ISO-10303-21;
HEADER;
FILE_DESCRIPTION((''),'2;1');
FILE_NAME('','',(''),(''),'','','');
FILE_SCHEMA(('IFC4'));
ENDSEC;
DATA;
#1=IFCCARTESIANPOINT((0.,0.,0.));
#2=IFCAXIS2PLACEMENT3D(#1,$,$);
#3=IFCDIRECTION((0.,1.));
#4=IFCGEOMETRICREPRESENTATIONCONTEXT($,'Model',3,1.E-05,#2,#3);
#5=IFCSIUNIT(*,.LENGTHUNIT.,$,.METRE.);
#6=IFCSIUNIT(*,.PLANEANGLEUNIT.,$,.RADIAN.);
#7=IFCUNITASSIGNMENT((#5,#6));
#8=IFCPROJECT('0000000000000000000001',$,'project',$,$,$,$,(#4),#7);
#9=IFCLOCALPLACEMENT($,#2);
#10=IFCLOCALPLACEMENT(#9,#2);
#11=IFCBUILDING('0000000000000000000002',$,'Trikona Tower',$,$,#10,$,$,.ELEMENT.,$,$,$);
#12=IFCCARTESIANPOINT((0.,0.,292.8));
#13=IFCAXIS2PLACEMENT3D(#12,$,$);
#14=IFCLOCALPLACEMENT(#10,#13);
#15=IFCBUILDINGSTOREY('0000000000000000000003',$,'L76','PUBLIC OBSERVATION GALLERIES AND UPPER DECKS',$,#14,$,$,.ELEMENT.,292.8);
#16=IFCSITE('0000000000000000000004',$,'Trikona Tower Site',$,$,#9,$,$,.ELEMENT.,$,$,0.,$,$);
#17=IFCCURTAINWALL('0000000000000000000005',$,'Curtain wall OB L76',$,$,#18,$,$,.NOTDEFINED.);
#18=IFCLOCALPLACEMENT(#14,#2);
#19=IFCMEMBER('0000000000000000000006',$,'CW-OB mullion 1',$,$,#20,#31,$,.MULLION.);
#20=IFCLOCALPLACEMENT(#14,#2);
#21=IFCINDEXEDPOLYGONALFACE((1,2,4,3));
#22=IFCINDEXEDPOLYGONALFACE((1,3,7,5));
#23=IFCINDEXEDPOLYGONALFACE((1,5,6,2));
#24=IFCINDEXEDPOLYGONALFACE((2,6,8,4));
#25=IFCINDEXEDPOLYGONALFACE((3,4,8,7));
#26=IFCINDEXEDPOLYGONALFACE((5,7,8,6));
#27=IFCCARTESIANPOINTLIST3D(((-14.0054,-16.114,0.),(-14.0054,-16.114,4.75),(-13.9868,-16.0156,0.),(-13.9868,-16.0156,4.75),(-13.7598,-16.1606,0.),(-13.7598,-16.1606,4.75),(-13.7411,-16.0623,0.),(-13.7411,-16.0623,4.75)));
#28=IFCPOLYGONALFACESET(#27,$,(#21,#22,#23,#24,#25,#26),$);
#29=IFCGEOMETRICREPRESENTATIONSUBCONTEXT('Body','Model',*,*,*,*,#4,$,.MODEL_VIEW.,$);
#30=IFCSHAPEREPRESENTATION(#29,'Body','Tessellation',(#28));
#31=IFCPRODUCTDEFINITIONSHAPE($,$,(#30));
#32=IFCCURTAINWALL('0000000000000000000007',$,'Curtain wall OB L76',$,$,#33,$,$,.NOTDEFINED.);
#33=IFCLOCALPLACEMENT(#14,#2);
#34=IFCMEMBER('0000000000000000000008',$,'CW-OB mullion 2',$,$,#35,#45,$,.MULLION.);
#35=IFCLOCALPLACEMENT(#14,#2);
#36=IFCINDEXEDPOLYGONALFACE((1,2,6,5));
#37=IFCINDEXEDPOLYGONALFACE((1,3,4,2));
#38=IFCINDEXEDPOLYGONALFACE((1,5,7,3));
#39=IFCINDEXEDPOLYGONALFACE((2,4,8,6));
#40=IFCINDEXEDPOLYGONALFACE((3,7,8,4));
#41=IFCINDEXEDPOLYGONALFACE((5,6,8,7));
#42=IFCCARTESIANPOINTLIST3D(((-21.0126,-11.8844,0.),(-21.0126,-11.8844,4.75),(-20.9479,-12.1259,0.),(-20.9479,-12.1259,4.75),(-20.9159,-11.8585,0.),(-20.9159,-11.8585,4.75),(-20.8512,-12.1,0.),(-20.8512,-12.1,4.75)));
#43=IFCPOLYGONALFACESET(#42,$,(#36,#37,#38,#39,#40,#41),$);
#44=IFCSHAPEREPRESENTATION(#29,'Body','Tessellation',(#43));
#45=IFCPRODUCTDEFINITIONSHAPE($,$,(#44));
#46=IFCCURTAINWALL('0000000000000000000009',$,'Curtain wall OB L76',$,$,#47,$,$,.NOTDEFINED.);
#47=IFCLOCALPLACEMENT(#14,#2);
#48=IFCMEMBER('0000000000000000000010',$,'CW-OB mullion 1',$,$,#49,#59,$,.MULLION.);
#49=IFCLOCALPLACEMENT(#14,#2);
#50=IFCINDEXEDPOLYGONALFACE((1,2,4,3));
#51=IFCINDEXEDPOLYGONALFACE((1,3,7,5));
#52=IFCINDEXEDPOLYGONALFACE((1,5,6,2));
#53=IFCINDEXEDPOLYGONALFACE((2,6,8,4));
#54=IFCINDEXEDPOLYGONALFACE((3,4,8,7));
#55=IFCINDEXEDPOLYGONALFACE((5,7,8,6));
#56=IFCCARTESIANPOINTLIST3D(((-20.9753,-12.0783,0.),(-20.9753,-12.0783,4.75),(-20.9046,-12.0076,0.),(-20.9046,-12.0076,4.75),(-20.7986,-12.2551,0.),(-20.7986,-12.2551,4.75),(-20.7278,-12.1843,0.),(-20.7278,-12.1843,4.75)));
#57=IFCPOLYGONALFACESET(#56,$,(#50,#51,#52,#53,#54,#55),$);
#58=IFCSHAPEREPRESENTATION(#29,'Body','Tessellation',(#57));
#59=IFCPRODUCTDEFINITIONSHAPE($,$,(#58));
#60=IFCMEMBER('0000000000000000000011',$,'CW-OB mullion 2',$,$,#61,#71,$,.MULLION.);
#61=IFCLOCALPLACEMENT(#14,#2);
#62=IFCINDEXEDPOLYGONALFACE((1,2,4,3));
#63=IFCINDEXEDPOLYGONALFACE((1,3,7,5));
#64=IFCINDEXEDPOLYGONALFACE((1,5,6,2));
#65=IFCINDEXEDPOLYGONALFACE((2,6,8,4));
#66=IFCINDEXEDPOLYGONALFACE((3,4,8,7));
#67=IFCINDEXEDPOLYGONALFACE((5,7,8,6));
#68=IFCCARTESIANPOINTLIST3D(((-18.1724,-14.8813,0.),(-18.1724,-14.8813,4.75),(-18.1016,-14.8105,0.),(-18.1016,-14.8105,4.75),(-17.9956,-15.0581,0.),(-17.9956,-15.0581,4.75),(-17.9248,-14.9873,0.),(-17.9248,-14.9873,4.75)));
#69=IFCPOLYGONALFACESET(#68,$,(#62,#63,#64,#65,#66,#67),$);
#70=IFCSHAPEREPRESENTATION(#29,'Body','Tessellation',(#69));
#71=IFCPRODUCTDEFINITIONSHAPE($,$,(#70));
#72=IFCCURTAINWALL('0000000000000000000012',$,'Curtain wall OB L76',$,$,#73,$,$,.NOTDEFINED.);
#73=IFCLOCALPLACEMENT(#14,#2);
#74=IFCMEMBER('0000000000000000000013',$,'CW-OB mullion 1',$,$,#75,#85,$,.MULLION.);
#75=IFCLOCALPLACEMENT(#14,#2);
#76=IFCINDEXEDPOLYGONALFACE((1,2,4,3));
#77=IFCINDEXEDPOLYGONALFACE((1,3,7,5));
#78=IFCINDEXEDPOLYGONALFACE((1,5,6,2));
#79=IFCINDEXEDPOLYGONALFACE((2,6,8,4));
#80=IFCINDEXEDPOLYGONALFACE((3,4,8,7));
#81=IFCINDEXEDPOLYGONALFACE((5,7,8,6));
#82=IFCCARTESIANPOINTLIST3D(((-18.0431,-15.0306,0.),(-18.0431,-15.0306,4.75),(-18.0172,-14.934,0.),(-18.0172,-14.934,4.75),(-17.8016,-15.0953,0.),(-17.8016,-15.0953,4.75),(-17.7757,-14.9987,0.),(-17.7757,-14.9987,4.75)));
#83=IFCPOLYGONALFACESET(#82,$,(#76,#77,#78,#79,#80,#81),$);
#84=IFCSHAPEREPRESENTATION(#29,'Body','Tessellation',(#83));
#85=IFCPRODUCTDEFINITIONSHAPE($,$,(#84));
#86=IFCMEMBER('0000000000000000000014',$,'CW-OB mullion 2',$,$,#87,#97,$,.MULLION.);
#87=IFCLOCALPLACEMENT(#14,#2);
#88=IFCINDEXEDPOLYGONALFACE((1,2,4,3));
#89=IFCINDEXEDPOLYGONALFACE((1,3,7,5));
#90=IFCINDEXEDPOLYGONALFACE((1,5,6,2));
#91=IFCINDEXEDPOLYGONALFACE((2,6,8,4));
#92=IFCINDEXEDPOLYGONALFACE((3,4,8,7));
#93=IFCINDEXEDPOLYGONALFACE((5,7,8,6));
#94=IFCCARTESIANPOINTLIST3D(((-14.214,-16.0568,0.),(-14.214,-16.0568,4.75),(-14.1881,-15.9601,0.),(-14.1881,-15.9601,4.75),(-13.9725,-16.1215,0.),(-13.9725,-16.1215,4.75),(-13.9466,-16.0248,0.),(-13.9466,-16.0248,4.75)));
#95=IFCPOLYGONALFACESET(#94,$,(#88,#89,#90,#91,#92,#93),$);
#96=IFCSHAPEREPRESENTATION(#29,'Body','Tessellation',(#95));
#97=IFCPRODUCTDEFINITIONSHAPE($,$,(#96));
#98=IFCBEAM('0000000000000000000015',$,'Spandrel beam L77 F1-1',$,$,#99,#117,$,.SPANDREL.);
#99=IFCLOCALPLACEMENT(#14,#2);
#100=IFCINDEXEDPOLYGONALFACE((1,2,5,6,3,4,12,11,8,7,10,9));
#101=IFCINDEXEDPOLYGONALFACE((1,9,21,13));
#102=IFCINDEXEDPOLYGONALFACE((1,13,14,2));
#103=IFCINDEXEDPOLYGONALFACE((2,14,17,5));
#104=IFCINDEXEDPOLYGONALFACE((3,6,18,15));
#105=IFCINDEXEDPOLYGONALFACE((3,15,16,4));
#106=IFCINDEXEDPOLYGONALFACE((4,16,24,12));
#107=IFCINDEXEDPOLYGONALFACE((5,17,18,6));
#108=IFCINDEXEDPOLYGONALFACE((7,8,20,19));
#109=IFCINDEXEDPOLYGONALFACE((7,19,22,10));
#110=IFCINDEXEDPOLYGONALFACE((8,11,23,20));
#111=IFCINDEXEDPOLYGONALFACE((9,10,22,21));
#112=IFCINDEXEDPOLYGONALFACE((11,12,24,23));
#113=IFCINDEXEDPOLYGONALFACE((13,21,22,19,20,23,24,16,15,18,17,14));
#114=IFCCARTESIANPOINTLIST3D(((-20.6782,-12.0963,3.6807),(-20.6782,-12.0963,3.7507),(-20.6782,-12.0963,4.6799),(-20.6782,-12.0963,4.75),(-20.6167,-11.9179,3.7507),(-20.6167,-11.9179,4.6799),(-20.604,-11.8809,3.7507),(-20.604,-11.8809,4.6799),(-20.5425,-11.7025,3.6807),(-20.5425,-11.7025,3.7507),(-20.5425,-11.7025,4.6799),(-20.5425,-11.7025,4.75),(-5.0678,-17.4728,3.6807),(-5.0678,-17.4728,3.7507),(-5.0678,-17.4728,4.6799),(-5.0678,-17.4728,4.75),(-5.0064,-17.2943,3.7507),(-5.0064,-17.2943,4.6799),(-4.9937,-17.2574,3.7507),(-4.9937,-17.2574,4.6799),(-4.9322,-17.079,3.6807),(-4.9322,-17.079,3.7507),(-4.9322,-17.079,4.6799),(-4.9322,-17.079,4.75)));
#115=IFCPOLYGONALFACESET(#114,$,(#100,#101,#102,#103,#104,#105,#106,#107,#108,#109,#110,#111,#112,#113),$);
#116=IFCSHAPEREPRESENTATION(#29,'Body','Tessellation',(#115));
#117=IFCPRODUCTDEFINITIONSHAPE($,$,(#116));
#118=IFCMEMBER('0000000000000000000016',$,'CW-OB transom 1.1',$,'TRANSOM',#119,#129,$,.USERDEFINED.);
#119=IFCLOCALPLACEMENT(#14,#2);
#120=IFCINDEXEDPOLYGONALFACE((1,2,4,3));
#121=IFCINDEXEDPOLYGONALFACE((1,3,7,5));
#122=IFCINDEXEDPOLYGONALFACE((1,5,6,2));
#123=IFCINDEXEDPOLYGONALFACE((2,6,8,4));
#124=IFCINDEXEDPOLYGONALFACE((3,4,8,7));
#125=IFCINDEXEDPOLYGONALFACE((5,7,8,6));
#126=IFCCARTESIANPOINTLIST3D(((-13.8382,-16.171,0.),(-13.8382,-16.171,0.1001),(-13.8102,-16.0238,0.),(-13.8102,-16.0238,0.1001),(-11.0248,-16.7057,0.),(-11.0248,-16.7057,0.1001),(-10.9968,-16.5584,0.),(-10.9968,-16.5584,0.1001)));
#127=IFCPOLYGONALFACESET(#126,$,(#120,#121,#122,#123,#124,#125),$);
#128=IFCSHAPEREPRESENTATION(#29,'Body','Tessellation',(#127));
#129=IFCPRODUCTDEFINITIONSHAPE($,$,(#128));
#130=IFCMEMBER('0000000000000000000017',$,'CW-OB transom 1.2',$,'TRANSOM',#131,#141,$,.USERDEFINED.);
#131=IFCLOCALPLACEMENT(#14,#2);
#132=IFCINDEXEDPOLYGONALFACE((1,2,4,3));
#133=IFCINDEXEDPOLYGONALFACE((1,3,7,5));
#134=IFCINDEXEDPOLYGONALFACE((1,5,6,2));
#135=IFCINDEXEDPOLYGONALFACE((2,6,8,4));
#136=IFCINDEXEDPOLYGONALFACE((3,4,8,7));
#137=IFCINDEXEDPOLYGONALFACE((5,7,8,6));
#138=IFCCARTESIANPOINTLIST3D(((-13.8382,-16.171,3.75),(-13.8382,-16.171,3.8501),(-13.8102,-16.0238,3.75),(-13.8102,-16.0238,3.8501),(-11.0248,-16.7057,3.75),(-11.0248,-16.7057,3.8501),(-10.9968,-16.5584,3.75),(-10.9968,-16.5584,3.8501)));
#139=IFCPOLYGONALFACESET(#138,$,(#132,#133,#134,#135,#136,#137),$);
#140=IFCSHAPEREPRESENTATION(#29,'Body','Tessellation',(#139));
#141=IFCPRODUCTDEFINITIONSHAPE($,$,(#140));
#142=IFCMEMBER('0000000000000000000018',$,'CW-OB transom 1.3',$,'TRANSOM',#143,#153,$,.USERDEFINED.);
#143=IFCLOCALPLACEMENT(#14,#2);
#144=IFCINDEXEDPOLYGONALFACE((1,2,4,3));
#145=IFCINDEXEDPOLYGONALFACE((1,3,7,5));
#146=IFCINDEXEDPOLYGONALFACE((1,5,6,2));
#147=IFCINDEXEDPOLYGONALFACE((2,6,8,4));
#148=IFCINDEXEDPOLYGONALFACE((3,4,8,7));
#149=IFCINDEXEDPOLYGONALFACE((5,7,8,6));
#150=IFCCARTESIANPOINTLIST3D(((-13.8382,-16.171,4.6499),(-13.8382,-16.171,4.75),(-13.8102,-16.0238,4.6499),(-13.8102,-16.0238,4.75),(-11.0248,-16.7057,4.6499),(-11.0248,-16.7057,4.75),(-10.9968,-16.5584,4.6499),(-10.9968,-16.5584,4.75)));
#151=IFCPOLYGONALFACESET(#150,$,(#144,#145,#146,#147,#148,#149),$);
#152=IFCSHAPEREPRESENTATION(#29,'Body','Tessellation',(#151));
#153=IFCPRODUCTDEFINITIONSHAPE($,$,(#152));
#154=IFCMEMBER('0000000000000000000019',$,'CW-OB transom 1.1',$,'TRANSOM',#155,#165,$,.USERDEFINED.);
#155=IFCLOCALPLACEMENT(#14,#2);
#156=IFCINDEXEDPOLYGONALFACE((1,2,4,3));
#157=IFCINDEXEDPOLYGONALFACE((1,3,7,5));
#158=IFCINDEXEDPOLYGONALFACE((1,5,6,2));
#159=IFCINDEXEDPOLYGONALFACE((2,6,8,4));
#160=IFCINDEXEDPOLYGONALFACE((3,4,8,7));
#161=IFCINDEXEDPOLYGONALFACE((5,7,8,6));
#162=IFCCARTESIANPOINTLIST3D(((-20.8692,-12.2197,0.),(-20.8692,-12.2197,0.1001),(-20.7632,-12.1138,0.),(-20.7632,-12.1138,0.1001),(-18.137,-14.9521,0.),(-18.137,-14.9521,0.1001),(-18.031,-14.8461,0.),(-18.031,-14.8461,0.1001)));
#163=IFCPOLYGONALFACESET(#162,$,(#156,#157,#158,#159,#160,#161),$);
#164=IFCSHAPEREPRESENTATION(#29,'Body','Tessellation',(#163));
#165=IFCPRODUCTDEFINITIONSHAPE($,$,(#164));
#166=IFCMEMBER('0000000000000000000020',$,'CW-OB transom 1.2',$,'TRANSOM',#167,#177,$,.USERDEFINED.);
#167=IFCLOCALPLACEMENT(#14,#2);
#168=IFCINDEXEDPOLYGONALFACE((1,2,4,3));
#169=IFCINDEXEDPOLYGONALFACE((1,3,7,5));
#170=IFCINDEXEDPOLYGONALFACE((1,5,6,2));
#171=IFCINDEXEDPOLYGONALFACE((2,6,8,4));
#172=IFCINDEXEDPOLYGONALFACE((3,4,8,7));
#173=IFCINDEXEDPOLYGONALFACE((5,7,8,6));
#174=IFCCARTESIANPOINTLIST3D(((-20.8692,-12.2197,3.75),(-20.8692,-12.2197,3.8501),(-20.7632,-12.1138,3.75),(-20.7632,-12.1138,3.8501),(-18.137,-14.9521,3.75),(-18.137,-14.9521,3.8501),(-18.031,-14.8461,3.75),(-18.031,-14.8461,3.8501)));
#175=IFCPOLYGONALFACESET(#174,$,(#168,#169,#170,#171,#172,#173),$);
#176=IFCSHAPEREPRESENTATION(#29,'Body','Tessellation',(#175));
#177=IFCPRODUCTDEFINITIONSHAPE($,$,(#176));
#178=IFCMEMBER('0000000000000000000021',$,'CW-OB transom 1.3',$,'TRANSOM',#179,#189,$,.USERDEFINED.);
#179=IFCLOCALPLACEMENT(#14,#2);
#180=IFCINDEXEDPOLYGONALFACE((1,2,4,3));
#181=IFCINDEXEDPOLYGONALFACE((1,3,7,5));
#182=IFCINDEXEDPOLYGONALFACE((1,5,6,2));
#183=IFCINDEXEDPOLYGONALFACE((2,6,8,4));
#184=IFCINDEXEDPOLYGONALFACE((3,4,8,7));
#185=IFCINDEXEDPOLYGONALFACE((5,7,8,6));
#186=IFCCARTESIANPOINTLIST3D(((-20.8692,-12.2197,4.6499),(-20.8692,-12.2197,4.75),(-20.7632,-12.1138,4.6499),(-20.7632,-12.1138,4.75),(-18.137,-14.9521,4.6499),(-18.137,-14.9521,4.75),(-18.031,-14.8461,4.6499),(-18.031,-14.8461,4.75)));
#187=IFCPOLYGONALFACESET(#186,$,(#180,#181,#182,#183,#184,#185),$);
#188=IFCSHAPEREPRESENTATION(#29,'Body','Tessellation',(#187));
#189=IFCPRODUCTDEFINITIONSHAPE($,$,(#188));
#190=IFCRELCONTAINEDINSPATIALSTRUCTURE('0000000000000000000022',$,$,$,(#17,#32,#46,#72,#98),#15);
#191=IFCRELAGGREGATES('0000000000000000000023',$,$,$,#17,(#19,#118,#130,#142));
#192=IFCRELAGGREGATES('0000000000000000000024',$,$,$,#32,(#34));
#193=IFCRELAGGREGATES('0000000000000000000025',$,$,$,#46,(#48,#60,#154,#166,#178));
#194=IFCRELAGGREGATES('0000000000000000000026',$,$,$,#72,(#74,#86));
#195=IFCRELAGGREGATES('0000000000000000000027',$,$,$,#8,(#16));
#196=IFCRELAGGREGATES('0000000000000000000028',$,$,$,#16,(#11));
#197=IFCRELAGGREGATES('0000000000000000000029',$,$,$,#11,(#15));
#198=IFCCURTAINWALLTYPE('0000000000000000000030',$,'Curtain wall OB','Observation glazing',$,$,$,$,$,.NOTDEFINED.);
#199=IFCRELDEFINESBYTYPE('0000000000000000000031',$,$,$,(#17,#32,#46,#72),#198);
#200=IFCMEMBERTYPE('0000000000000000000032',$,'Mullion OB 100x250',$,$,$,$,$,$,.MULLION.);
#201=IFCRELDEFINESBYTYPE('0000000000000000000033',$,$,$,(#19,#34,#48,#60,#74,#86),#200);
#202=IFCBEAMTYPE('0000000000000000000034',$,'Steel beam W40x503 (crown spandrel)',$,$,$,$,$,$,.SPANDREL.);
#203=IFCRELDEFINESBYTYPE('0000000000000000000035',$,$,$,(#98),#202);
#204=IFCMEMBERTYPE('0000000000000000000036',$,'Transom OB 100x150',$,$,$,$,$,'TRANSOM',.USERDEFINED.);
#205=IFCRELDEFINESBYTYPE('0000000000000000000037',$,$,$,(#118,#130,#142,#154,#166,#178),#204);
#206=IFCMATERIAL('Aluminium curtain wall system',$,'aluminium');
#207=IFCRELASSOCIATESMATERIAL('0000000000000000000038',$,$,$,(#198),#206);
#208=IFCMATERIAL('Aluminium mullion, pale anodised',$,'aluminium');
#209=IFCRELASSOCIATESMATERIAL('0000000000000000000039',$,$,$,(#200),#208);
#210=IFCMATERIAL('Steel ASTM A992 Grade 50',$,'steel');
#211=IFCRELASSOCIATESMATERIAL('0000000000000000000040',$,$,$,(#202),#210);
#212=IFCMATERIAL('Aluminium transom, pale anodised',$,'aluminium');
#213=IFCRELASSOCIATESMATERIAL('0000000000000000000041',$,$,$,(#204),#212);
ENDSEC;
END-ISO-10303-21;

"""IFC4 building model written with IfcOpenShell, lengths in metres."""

from ifc_helpers import new_model, si_unit, direction, frame, origin, origin_2d, place, context, subcontext, project, spatial, rectangle, i_section, extrude, material, material_profile, profile_set, type_object, element, aggregate, save


model = new_model("IFC4")

# Units and contexts
model_context = context("Model", 3, precision=1e-05, world=origin(), true_north=direction((0.0, 1.0)))
body_context = subcontext(model_context, "Body", "Model", "MODEL_VIEW")
ifc_project = project(units=[si_unit("LENGTHUNIT", "METRE"), si_unit("PLANEANGLEUNIT", "RADIAN")], contexts=[model_context])

# Site, building, storey
site_placement = place(None, origin())
site = spatial("IfcSite", under=ifc_project, at=site_placement, Name="Trikona Tower Site", CompositionType="ELEMENT", RefElevation=0.0)
building_placement = place(site_placement, origin())
building = spatial("IfcBuilding", under=site, at=building_placement, Name="Trikona Tower", CompositionType="ELEMENT")
storey_placement = place(building_placement, frame((0.0, 0.0, 292.8)))
storey = spatial("IfcBuildingStorey", under=building, at=storey_placement, Name="L76", Description="PUBLIC OBSERVATION GALLERIES AND UPPER DECKS", CompositionType="ELEMENT", Elevation=292.8)

# Curtain walls, members
ifc_material_1 = material(Name="Aluminium curtain wall system", Category="aluminium")
curtain_wall_type = type_object("IfcCurtainWallType", Name="Curtain wall OB", Description="Observation glazing", PredefinedType="NOTDEFINED", material=ifc_material_1)
curtain_wall_1_placement = place(storey_placement, origin())
curtain_wall_1 = element("IfcCurtainWall", 1, at=curtain_wall_1_placement, inside=storey, type_object=curtain_wall_type, Name="Curtain wall OB L76", PredefinedType="NOTDEFINED")
ifc_material_2 = material(Name="Aluminium mullion, pale anodised", Category="aluminium")
ifc_material_profile_1 = material_profile(ifc_material_2, rectangle(XDim=0.1001, YDim=0.25, at=origin_2d()), Name="MUL-OB")
ifc_profile_set_1 = profile_set([ifc_material_profile_1], Name="Aluminium mullion, pale anodised")
member_type_1 = type_object("IfcMemberType", Name="Mullion OB 100x250", PredefinedType="MULLION", material=ifc_profile_set_1)
member_1_placement = place(storey_placement, frame((-13.8733, -16.0881, 0.0), z_axis=(0.0, 0.0, 1.0), x_axis=(0.186661, 0.982424, 0.0)))
member_1 = element("IfcMember", 2, at=member_1_placement, type_object=member_type_1, Name="CW-OB mullion 1", PredefinedType="MULLION", context=body_context, shape_type="SweptSolid", body=[
    extrude(rectangle(XDim=0.1001, YDim=0.25, at=origin_2d()), origin(), (0.0, 0.0, 1.0), 4.75),
])
curtain_wall_2_placement = place(storey_placement, origin())
curtain_wall_2 = element("IfcCurtainWall", 3, at=curtain_wall_2_placement, inside=storey, type_object=curtain_wall_type, Name="Curtain wall OB L76", PredefinedType="NOTDEFINED")
member_2_placement = place(storey_placement, frame((-20.9319, -11.9922, 0.0), z_axis=(0.0, 0.0, 1.0), x_axis=(0.965923, 0.258828, 0.0)))
member_2 = element("IfcMember", 4, at=member_2_placement, type_object=member_type_1, Name="CW-OB mullion 2", PredefinedType="MULLION", context=body_context, shape_type="SweptSolid", body=[
    extrude(rectangle(XDim=0.1001, YDim=0.25, at=origin_2d()), origin(), (0.0, 0.0, 1.0), 4.75),
])

# Curtain walls, members
curtain_wall_3_placement = place(storey_placement, origin())
curtain_wall_3 = element("IfcCurtainWall", 5, at=curtain_wall_3_placement, inside=storey, type_object=curtain_wall_type, Name="Curtain wall OB L76", PredefinedType="NOTDEFINED")
member_3_placement = place(storey_placement, frame((-20.8516, -12.1313, 0.0), z_axis=(0.0, 0.0, 1.0), x_axis=(0.707107, 0.707107, 0.0)))
member_3 = element("IfcMember", 6, at=member_3_placement, type_object=member_type_1, Name="CW-OB mullion 1", PredefinedType="MULLION", context=body_context, shape_type="SweptSolid", body=[
    extrude(rectangle(XDim=0.1001, YDim=0.25, at=origin_2d()), origin(), (0.0, 0.0, 1.0), 4.75),
])
member_4_placement = place(storey_placement, frame((-18.0486, -14.9343, 0.0), z_axis=(0.0, 0.0, 1.0), x_axis=(0.707107, 0.707107, 0.0)))
member_4 = element("IfcMember", 7, at=member_4_placement, type_object=member_type_1, Name="CW-OB mullion 2", PredefinedType="MULLION", context=body_context, shape_type="SweptSolid", body=[
    extrude(rectangle(XDim=0.1001, YDim=0.25, at=origin_2d()), origin(), (0.0, 0.0, 1.0), 4.75),
])
curtain_wall_4_placement = place(storey_placement, origin())
curtain_wall_4 = element("IfcCurtainWall", 8, at=curtain_wall_4_placement, inside=storey, type_object=curtain_wall_type, Name="Curtain wall OB L76", PredefinedType="NOTDEFINED")
member_5_placement = place(storey_placement, frame((-17.9094, -15.0146, 0.0), z_axis=(0.0, 0.0, 1.0), x_axis=(0.258828, 0.965923, 0.0)))
member_5 = element("IfcMember", 9, at=member_5_placement, type_object=member_type_1, Name="CW-OB mullion 1", PredefinedType="MULLION", context=body_context, shape_type="SweptSolid", body=[
    extrude(rectangle(XDim=0.1001, YDim=0.25, at=origin_2d()), origin(), (0.0, 0.0, 1.0), 4.75),
])
member_6_placement = place(storey_placement, frame((-14.0803, -16.0408, 0.0), z_axis=(0.0, 0.0, 1.0), x_axis=(0.258828, 0.965923, 0.0)))
member_6 = element("IfcMember", 10, at=member_6_placement, type_object=member_type_1, Name="CW-OB mullion 2", PredefinedType="MULLION", context=body_context, shape_type="SweptSolid", body=[
    extrude(rectangle(XDim=0.1001, YDim=0.25, at=origin_2d()), origin(), (0.0, 0.0, 1.0), 4.75),
])

# Beam
ifc_material_3 = material(Name="Steel ASTM A992 Grade 50", Category="steel")
ifc_material_profile_2 = material_profile(ifc_material_3, i_section(OverallWidth=0.4165, OverallDepth=1.0693, WebThickness=0.0391, FlangeThickness=0.0701, at=origin_2d()), Name="W40X503")
ifc_profile_set_2 = profile_set([ifc_material_profile_2], Name="Steel ASTM A992 Grade 50")
beam_type = type_object("IfcBeamType", Name="Steel beam W40x503 (crown spandrel)", PredefinedType="SPANDREL", material=ifc_profile_set_2)
beam_placement = place(storey_placement, frame((-20.6104, -11.8994, 4.2153), z_axis=(0.945493, -0.325643, 0.0), x_axis=(0.325643, 0.945493, 0.0)))
element("IfcBeam", 11, at=beam_placement, inside=storey, type_object=beam_type, Name="Spandrel beam L77 F1-1", PredefinedType="SPANDREL", context=body_context, shape_type="SweptSolid", body=[
    extrude(i_section(OverallWidth=0.4165, OverallDepth=1.0693, WebThickness=0.0391, FlangeThickness=0.0701, at=origin_2d()), origin(), (0.0, 0.0, 1.0), 16.5103),
])

# Members
ifc_material_4 = material(Name="Aluminium transom, pale anodised", Category="aluminium")
ifc_material_profile_3 = material_profile(ifc_material_4, rectangle(XDim=0.1499, YDim=0.1001, at=origin_2d()), Name="TRN-OB")
ifc_profile_set_3 = profile_set([ifc_material_profile_3], Name="Aluminium transom, pale anodised")
member_type_2 = type_object("IfcMemberType", Name="Transom OB 100x150", ElementType="TRANSOM", PredefinedType="USERDEFINED", material=ifc_profile_set_3)
member_7_placement = place(storey_placement, frame((-13.8242, -16.0974, 0.05), z_axis=(0.982418, -0.186697, 0.0), x_axis=(0.186697, 0.982418, 0.0)))
member_7 = element("IfcMember", 12, at=member_7_placement, type_object=member_type_2, Name="CW-OB transom 1.1", ObjectType="TRANSOM", PredefinedType="USERDEFINED", context=body_context, shape_type="SweptSolid", body=[
    extrude(rectangle(XDim=0.1499, YDim=0.1001, at=origin_2d()), origin(), (0.0, 0.0, 1.0), 2.8638),
])
member_8_placement = place(storey_placement, frame((-13.8242, -16.0974, 3.8), z_axis=(0.982418, -0.186697, 0.0), x_axis=(0.186697, 0.982418, 0.0)))
member_8 = element("IfcMember", 13, at=member_8_placement, type_object=member_type_2, Name="CW-OB transom 1.2", ObjectType="TRANSOM", PredefinedType="USERDEFINED", context=body_context, shape_type="SweptSolid", body=[
    extrude(rectangle(XDim=0.1499, YDim=0.1001, at=origin_2d()), origin(), (0.0, 0.0, 1.0), 2.8638),
])
member_9_placement = place(storey_placement, frame((-13.8242, -16.0974, 4.7), z_axis=(0.982418, -0.186697, 0.0), x_axis=(0.186697, 0.982418, 0.0)))
member_9 = element("IfcMember", 14, at=member_9_placement, type_object=member_type_2, Name="CW-OB transom 1.3", ObjectType="TRANSOM", PredefinedType="USERDEFINED", context=body_context, shape_type="SweptSolid", body=[
    extrude(rectangle(XDim=0.1499, YDim=0.1001, at=origin_2d()), origin(), (0.0, 0.0, 1.0), 2.8638),
])
aggregate(curtain_wall_1, [member_1, member_7, member_8, member_9])
member_10_placement = place(storey_placement, frame((-20.8162, -12.1667, 0.05), z_axis=(0.707075, -0.707138, 0.0), x_axis=(0.707138, 0.707075, 0.0)))
member_10 = element("IfcMember", 15, at=member_10_placement, type_object=member_type_2, Name="CW-OB transom 1.1", ObjectType="TRANSOM", PredefinedType="USERDEFINED", context=body_context, shape_type="SweptSolid", body=[
    extrude(rectangle(XDim=0.1499, YDim=0.1001, at=origin_2d()), origin(), (0.0, 0.0, 1.0), 3.864),
])
member_11_placement = place(storey_placement, frame((-20.8162, -12.1667, 3.8), z_axis=(0.707075, -0.707138, 0.0), x_axis=(0.707138, 0.707075, 0.0)))
member_11 = element("IfcMember", 16, at=member_11_placement, type_object=member_type_2, Name="CW-OB transom 1.2", ObjectType="TRANSOM", PredefinedType="USERDEFINED", context=body_context, shape_type="SweptSolid", body=[
    extrude(rectangle(XDim=0.1499, YDim=0.1001, at=origin_2d()), origin(), (0.0, 0.0, 1.0), 3.864),
])
member_12_placement = place(storey_placement, frame((-20.8162, -12.1667, 4.7), z_axis=(0.707075, -0.707138, 0.0), x_axis=(0.707138, 0.707075, 0.0)))
member_12 = element("IfcMember", 17, at=member_12_placement, type_object=member_type_2, Name="CW-OB transom 1.3", ObjectType="TRANSOM", PredefinedType="USERDEFINED", context=body_context, shape_type="SweptSolid", body=[
    extrude(rectangle(XDim=0.1499, YDim=0.1001, at=origin_2d()), origin(), (0.0, 0.0, 1.0), 3.864),
])

aggregate(curtain_wall_2, [member_2])
aggregate(curtain_wall_3, [member_3, member_4, member_10, member_11, member_12])
aggregate(curtain_wall_4, [member_5, member_6])

save(model, "model.ifc")
